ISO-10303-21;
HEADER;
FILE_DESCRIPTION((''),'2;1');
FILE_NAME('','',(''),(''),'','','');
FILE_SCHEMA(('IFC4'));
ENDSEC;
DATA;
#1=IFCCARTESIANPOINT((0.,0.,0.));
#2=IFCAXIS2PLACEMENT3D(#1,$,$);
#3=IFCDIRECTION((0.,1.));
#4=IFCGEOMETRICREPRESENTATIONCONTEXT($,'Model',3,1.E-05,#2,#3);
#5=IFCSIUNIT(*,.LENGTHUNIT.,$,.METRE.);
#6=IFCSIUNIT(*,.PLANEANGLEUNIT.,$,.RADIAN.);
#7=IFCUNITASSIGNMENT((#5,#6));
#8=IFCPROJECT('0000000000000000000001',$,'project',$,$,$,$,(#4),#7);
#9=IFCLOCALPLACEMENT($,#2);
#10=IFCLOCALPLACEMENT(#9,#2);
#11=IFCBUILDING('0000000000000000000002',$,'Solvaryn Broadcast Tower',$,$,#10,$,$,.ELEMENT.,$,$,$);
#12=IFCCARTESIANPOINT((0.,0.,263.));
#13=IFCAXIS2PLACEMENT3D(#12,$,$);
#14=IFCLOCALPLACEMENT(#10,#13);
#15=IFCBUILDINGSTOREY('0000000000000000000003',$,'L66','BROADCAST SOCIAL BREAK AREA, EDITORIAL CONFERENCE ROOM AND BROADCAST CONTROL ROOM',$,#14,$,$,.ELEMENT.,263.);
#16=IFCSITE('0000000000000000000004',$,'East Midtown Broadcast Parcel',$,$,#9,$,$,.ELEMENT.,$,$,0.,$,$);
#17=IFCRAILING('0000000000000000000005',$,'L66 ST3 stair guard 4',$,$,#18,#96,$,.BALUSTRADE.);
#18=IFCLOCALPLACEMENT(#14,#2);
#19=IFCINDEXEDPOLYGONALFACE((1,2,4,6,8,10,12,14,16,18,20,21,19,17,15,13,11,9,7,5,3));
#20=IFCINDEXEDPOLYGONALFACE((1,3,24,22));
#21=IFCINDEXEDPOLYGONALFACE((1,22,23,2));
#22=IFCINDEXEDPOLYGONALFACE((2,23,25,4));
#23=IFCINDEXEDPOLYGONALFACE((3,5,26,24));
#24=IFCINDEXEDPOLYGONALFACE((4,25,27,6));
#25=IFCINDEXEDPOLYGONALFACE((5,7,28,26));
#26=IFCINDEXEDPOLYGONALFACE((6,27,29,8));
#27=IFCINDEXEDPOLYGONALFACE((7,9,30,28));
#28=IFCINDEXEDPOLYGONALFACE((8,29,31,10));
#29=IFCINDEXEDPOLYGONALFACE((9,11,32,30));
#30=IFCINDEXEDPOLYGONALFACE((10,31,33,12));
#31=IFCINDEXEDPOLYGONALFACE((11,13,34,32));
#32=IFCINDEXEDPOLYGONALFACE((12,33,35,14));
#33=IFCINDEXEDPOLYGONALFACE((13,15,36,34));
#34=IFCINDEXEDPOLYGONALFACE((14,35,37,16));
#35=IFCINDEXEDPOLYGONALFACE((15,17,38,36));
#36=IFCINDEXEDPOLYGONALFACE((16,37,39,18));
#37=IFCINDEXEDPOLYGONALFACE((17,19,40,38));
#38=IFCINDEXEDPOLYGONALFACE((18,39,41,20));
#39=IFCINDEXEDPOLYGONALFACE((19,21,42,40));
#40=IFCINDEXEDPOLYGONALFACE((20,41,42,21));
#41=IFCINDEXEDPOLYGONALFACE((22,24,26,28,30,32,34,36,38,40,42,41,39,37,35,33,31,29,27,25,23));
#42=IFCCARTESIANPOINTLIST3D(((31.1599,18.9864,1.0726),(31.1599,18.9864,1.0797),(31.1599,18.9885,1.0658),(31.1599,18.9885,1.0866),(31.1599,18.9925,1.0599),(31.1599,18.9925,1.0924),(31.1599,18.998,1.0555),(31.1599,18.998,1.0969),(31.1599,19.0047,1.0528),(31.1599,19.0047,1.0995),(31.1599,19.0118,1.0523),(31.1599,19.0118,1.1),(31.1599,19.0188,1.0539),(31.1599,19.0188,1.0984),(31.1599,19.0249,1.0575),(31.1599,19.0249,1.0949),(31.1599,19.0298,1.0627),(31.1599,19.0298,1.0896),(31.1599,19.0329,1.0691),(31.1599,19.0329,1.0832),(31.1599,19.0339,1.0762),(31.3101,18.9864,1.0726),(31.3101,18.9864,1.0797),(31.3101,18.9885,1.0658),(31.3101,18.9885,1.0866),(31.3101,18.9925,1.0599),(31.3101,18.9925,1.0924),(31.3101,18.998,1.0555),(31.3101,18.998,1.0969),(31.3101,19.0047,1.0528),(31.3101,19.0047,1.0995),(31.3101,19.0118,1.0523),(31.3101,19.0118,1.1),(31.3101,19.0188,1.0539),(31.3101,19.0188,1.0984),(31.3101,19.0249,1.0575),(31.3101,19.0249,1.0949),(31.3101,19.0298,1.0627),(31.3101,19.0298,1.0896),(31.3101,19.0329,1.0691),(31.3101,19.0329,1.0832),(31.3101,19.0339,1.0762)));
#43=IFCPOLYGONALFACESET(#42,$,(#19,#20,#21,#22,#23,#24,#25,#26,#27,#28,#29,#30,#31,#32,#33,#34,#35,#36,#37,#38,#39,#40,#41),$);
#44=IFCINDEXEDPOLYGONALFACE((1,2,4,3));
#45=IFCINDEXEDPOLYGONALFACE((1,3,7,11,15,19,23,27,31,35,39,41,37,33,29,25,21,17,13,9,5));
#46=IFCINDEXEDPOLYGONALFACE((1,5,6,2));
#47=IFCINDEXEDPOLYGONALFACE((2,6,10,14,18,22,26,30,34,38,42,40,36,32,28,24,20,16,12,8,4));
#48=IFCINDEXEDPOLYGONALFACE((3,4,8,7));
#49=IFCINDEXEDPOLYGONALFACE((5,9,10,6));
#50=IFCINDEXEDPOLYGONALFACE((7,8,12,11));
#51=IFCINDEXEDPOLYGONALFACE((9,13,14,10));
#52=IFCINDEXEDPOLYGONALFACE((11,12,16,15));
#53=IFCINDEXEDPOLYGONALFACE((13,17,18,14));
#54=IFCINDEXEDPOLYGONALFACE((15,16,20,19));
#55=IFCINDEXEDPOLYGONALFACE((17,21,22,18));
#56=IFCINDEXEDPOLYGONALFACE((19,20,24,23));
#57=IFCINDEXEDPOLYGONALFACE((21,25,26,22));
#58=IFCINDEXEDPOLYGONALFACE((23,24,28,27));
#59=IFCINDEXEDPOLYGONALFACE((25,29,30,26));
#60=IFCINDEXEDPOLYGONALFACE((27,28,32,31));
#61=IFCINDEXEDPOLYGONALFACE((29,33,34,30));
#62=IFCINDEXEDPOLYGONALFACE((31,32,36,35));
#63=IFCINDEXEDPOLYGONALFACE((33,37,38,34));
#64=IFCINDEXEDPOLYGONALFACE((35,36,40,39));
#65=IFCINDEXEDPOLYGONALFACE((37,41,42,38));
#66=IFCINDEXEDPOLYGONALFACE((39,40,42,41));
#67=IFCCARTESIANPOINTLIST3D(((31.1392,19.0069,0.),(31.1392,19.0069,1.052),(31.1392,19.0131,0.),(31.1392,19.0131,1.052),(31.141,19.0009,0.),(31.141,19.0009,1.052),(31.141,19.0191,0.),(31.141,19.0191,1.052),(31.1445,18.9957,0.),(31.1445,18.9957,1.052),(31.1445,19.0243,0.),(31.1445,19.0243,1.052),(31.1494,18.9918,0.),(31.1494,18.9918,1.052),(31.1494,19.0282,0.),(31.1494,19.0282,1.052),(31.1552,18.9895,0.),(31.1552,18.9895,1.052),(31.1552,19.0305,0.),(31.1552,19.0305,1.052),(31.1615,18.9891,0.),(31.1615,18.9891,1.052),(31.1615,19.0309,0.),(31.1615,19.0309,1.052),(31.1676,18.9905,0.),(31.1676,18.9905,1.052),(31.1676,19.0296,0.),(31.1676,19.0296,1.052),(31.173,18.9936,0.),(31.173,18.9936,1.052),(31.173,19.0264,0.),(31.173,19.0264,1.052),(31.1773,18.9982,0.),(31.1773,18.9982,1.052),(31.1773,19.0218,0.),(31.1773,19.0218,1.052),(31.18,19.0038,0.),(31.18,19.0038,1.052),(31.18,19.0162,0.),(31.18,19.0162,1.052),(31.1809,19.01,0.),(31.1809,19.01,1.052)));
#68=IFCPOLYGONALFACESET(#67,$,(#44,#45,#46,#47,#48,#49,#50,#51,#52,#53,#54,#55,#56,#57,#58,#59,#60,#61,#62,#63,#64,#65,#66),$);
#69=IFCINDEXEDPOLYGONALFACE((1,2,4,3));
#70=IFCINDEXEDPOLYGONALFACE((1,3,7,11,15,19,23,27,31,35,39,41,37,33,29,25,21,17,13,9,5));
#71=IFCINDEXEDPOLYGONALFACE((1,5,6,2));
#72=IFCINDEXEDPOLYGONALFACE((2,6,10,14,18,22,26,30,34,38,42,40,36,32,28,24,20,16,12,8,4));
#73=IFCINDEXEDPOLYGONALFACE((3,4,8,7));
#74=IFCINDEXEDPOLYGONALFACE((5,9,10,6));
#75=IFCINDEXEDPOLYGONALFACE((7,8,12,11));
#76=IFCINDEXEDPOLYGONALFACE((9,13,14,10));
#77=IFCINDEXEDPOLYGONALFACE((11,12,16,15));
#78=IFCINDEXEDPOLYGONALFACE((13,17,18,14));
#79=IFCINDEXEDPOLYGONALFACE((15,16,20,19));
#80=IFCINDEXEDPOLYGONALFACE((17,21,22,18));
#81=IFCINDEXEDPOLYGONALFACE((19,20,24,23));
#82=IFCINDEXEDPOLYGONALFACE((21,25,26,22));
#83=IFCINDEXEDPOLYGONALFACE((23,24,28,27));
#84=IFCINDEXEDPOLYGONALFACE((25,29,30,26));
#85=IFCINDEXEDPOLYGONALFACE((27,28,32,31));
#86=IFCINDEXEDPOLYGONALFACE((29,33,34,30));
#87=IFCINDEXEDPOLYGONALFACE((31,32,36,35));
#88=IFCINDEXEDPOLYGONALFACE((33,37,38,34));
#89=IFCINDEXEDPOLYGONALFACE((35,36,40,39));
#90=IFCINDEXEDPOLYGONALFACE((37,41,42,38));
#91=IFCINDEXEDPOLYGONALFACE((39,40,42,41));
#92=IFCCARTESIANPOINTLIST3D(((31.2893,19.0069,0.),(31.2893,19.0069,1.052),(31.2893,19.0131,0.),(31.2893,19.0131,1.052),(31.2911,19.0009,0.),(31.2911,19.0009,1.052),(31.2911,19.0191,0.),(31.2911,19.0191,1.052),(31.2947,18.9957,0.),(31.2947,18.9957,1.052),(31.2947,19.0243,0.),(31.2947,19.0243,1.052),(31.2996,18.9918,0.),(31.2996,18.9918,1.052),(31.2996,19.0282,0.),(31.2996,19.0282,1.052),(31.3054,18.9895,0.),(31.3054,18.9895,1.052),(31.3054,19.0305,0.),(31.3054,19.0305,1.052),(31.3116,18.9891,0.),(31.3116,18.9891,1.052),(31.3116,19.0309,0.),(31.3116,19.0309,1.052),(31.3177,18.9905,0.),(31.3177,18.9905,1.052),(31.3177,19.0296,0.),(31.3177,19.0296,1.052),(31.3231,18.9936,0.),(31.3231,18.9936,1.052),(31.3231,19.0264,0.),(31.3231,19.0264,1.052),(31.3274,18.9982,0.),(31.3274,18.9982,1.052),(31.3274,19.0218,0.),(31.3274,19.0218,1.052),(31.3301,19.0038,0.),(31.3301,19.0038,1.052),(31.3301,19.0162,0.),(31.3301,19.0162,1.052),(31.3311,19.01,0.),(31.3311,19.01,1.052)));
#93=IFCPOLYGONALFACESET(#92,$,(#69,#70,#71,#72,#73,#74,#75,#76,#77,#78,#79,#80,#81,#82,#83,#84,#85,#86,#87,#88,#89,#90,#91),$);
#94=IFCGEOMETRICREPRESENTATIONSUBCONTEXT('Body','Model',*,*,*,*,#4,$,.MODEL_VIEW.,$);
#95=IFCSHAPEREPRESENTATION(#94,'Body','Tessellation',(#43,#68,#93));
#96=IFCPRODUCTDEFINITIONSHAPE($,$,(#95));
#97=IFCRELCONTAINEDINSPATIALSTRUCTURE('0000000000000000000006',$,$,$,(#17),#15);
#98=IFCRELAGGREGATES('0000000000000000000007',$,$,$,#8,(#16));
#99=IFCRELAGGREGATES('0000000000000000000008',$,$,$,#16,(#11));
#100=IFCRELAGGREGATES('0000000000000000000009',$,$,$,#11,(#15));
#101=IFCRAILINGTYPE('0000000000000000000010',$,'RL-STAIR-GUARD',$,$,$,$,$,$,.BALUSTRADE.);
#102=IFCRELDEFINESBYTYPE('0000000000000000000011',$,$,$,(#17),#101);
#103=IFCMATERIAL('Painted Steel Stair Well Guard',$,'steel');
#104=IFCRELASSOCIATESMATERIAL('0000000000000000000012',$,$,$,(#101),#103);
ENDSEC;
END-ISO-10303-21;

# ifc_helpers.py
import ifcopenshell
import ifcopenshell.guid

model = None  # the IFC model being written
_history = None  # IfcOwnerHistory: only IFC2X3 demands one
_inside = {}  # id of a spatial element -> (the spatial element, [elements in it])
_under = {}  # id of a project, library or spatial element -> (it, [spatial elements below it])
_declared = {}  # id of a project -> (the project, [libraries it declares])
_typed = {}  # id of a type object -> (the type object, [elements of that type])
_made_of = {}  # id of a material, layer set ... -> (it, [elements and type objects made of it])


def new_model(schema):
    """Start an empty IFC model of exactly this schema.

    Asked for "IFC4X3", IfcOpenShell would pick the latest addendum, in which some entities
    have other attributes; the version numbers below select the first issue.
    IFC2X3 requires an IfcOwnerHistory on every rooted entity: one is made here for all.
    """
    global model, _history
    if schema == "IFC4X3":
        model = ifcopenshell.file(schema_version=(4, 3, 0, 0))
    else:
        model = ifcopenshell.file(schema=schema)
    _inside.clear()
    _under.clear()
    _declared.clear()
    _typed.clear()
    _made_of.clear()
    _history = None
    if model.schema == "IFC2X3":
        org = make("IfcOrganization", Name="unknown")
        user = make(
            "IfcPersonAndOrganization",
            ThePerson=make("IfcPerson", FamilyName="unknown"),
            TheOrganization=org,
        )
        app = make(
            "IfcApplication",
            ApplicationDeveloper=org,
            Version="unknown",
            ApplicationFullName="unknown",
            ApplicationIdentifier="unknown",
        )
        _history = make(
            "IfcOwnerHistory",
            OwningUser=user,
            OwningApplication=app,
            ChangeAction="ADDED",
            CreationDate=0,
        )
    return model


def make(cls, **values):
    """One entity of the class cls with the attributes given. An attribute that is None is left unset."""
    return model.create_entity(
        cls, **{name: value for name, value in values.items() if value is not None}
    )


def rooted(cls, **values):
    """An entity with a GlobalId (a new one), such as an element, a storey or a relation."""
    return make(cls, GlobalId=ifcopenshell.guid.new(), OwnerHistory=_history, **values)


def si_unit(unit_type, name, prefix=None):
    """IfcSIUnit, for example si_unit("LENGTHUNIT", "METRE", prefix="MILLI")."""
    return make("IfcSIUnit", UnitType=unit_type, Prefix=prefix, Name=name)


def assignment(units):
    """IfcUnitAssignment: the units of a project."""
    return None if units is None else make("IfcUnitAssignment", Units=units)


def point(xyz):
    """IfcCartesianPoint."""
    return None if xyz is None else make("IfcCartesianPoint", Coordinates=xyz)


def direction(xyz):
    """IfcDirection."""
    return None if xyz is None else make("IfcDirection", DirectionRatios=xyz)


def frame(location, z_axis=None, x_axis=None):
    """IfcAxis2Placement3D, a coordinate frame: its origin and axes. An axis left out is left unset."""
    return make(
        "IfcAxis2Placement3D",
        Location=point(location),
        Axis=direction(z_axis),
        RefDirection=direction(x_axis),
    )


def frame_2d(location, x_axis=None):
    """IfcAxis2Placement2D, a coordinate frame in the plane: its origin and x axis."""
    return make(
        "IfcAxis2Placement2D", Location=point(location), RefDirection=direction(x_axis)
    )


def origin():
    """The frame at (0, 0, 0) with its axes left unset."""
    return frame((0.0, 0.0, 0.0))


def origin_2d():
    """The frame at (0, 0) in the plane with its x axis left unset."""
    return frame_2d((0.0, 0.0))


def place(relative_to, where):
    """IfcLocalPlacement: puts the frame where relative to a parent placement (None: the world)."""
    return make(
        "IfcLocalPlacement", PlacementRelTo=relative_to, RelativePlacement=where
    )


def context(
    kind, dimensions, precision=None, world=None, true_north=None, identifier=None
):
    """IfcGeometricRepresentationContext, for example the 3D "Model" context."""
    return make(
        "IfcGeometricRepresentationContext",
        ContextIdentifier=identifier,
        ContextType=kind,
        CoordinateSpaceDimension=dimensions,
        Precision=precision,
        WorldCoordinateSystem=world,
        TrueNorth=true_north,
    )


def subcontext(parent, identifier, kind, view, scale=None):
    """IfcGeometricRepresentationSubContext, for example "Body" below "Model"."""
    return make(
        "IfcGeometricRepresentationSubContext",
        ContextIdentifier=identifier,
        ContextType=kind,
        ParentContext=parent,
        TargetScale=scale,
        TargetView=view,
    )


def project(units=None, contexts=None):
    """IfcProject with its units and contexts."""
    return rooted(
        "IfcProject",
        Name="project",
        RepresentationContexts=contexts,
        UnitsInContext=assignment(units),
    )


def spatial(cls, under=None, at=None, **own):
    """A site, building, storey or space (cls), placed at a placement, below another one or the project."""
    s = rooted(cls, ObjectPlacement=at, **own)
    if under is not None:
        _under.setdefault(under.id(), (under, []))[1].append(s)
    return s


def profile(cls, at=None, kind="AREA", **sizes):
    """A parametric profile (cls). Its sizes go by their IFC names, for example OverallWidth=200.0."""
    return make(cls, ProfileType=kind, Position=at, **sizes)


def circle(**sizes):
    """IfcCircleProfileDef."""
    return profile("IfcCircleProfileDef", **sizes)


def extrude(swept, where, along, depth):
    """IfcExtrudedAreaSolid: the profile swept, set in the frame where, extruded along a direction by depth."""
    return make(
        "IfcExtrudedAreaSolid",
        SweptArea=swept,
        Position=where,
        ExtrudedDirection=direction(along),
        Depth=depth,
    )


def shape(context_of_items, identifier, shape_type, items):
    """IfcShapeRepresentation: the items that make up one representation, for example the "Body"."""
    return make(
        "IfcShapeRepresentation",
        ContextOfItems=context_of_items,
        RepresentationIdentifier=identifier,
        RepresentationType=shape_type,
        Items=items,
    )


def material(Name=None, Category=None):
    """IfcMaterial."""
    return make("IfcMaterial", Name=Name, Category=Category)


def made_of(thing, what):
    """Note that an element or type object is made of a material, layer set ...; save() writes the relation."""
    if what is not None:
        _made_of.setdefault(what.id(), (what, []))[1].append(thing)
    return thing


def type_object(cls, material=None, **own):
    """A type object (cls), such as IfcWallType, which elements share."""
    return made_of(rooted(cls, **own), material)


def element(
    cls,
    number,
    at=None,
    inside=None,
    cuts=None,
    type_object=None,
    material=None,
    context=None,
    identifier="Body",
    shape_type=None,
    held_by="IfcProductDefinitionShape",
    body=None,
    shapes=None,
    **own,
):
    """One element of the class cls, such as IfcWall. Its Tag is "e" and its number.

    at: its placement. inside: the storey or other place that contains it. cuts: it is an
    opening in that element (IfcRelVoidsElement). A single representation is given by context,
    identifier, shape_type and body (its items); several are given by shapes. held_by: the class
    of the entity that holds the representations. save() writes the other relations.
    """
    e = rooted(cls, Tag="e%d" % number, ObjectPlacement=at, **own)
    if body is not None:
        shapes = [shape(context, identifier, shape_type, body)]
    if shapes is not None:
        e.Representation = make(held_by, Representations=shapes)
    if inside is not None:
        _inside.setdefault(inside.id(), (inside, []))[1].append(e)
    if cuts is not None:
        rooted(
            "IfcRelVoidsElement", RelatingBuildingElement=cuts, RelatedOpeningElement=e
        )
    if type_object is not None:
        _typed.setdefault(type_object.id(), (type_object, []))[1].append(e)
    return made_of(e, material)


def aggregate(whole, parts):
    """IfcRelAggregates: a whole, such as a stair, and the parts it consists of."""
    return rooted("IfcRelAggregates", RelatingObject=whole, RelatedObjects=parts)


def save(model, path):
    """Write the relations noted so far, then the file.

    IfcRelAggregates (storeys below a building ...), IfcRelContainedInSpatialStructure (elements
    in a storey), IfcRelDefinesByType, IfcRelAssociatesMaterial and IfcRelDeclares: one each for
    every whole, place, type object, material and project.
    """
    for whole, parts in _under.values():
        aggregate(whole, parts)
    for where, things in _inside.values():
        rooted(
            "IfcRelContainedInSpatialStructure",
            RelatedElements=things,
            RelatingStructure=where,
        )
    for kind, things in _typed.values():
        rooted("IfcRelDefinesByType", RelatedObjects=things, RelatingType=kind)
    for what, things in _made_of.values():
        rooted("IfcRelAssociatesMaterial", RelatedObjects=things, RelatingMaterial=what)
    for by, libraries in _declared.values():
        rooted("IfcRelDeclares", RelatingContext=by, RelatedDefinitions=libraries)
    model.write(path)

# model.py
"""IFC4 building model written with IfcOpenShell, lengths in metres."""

from ifc_helpers import new_model, si_unit, direction, frame, origin, origin_2d, place, context, subcontext, project, spatial, circle, extrude, material, type_object, element, save


model = new_model("IFC4")

# Units and contexts
model_context = context("Model", 3, precision=1e-05, world=origin(), true_north=direction((0.0, 1.0)))
body_context = subcontext(model_context, "Body", "Model", "MODEL_VIEW")
ifc_project = project(units=[si_unit("LENGTHUNIT", "METRE"), si_unit("PLANEANGLEUNIT", "RADIAN")], contexts=[model_context])

# Site, building, storey
site_placement = place(None, origin())
site = spatial("IfcSite", under=ifc_project, at=site_placement, Name="East Midtown Broadcast Parcel", CompositionType="ELEMENT", RefElevation=0.0)
building_placement = place(site_placement, origin())
building = spatial("IfcBuilding", under=site, at=building_placement, Name="Solvaryn Broadcast Tower", CompositionType="ELEMENT")
storey_placement = place(building_placement, frame((0.0, 0.0, 263.0)))
storey = spatial("IfcBuildingStorey", under=building, at=storey_placement, Name="L66", Description="BROADCAST SOCIAL BREAK AREA, EDITORIAL CONFERENCE ROOM AND BROADCAST CONTROL ROOM", CompositionType="ELEMENT", Elevation=263.0)

# Railing
ifc_material_1 = material(Name="Painted Steel Stair Well Guard", Category="steel")
railing_type_1 = type_object("IfcRailingType", Name="RL-STAIR-GUARD", PredefinedType="BALUSTRADE", material=ifc_material_1)
railing_1_placement = place(storey_placement, frame((31.1599, 19.01, 0.0)))
element("IfcRailing", 1, at=railing_1_placement, inside=storey, type_object=railing_type_1, Name="L66 ST3 stair guard 4", PredefinedType="BALUSTRADE", context=body_context, shape_type="SweptSolid", body=[
    extrude(circle(Radius=0.0239, at=origin_2d()), frame((0.0, 0.0, 1.0762), z_axis=(1.0, 0.0, 0.0), x_axis=(0.0, 1.0, 0.0)), (0.0, 0.0, 1.0), 0.1501),
    extrude(circle(Radius=0.021, at=origin_2d()), origin(), (0.0, 0.0, 1.0), 1.052),
    extrude(circle(Radius=0.021, at=origin_2d()), frame((0.1501, 0.0, 0.0)), (0.0, 0.0, 1.0), 1.052),
])

save(model, "model.ifc")
